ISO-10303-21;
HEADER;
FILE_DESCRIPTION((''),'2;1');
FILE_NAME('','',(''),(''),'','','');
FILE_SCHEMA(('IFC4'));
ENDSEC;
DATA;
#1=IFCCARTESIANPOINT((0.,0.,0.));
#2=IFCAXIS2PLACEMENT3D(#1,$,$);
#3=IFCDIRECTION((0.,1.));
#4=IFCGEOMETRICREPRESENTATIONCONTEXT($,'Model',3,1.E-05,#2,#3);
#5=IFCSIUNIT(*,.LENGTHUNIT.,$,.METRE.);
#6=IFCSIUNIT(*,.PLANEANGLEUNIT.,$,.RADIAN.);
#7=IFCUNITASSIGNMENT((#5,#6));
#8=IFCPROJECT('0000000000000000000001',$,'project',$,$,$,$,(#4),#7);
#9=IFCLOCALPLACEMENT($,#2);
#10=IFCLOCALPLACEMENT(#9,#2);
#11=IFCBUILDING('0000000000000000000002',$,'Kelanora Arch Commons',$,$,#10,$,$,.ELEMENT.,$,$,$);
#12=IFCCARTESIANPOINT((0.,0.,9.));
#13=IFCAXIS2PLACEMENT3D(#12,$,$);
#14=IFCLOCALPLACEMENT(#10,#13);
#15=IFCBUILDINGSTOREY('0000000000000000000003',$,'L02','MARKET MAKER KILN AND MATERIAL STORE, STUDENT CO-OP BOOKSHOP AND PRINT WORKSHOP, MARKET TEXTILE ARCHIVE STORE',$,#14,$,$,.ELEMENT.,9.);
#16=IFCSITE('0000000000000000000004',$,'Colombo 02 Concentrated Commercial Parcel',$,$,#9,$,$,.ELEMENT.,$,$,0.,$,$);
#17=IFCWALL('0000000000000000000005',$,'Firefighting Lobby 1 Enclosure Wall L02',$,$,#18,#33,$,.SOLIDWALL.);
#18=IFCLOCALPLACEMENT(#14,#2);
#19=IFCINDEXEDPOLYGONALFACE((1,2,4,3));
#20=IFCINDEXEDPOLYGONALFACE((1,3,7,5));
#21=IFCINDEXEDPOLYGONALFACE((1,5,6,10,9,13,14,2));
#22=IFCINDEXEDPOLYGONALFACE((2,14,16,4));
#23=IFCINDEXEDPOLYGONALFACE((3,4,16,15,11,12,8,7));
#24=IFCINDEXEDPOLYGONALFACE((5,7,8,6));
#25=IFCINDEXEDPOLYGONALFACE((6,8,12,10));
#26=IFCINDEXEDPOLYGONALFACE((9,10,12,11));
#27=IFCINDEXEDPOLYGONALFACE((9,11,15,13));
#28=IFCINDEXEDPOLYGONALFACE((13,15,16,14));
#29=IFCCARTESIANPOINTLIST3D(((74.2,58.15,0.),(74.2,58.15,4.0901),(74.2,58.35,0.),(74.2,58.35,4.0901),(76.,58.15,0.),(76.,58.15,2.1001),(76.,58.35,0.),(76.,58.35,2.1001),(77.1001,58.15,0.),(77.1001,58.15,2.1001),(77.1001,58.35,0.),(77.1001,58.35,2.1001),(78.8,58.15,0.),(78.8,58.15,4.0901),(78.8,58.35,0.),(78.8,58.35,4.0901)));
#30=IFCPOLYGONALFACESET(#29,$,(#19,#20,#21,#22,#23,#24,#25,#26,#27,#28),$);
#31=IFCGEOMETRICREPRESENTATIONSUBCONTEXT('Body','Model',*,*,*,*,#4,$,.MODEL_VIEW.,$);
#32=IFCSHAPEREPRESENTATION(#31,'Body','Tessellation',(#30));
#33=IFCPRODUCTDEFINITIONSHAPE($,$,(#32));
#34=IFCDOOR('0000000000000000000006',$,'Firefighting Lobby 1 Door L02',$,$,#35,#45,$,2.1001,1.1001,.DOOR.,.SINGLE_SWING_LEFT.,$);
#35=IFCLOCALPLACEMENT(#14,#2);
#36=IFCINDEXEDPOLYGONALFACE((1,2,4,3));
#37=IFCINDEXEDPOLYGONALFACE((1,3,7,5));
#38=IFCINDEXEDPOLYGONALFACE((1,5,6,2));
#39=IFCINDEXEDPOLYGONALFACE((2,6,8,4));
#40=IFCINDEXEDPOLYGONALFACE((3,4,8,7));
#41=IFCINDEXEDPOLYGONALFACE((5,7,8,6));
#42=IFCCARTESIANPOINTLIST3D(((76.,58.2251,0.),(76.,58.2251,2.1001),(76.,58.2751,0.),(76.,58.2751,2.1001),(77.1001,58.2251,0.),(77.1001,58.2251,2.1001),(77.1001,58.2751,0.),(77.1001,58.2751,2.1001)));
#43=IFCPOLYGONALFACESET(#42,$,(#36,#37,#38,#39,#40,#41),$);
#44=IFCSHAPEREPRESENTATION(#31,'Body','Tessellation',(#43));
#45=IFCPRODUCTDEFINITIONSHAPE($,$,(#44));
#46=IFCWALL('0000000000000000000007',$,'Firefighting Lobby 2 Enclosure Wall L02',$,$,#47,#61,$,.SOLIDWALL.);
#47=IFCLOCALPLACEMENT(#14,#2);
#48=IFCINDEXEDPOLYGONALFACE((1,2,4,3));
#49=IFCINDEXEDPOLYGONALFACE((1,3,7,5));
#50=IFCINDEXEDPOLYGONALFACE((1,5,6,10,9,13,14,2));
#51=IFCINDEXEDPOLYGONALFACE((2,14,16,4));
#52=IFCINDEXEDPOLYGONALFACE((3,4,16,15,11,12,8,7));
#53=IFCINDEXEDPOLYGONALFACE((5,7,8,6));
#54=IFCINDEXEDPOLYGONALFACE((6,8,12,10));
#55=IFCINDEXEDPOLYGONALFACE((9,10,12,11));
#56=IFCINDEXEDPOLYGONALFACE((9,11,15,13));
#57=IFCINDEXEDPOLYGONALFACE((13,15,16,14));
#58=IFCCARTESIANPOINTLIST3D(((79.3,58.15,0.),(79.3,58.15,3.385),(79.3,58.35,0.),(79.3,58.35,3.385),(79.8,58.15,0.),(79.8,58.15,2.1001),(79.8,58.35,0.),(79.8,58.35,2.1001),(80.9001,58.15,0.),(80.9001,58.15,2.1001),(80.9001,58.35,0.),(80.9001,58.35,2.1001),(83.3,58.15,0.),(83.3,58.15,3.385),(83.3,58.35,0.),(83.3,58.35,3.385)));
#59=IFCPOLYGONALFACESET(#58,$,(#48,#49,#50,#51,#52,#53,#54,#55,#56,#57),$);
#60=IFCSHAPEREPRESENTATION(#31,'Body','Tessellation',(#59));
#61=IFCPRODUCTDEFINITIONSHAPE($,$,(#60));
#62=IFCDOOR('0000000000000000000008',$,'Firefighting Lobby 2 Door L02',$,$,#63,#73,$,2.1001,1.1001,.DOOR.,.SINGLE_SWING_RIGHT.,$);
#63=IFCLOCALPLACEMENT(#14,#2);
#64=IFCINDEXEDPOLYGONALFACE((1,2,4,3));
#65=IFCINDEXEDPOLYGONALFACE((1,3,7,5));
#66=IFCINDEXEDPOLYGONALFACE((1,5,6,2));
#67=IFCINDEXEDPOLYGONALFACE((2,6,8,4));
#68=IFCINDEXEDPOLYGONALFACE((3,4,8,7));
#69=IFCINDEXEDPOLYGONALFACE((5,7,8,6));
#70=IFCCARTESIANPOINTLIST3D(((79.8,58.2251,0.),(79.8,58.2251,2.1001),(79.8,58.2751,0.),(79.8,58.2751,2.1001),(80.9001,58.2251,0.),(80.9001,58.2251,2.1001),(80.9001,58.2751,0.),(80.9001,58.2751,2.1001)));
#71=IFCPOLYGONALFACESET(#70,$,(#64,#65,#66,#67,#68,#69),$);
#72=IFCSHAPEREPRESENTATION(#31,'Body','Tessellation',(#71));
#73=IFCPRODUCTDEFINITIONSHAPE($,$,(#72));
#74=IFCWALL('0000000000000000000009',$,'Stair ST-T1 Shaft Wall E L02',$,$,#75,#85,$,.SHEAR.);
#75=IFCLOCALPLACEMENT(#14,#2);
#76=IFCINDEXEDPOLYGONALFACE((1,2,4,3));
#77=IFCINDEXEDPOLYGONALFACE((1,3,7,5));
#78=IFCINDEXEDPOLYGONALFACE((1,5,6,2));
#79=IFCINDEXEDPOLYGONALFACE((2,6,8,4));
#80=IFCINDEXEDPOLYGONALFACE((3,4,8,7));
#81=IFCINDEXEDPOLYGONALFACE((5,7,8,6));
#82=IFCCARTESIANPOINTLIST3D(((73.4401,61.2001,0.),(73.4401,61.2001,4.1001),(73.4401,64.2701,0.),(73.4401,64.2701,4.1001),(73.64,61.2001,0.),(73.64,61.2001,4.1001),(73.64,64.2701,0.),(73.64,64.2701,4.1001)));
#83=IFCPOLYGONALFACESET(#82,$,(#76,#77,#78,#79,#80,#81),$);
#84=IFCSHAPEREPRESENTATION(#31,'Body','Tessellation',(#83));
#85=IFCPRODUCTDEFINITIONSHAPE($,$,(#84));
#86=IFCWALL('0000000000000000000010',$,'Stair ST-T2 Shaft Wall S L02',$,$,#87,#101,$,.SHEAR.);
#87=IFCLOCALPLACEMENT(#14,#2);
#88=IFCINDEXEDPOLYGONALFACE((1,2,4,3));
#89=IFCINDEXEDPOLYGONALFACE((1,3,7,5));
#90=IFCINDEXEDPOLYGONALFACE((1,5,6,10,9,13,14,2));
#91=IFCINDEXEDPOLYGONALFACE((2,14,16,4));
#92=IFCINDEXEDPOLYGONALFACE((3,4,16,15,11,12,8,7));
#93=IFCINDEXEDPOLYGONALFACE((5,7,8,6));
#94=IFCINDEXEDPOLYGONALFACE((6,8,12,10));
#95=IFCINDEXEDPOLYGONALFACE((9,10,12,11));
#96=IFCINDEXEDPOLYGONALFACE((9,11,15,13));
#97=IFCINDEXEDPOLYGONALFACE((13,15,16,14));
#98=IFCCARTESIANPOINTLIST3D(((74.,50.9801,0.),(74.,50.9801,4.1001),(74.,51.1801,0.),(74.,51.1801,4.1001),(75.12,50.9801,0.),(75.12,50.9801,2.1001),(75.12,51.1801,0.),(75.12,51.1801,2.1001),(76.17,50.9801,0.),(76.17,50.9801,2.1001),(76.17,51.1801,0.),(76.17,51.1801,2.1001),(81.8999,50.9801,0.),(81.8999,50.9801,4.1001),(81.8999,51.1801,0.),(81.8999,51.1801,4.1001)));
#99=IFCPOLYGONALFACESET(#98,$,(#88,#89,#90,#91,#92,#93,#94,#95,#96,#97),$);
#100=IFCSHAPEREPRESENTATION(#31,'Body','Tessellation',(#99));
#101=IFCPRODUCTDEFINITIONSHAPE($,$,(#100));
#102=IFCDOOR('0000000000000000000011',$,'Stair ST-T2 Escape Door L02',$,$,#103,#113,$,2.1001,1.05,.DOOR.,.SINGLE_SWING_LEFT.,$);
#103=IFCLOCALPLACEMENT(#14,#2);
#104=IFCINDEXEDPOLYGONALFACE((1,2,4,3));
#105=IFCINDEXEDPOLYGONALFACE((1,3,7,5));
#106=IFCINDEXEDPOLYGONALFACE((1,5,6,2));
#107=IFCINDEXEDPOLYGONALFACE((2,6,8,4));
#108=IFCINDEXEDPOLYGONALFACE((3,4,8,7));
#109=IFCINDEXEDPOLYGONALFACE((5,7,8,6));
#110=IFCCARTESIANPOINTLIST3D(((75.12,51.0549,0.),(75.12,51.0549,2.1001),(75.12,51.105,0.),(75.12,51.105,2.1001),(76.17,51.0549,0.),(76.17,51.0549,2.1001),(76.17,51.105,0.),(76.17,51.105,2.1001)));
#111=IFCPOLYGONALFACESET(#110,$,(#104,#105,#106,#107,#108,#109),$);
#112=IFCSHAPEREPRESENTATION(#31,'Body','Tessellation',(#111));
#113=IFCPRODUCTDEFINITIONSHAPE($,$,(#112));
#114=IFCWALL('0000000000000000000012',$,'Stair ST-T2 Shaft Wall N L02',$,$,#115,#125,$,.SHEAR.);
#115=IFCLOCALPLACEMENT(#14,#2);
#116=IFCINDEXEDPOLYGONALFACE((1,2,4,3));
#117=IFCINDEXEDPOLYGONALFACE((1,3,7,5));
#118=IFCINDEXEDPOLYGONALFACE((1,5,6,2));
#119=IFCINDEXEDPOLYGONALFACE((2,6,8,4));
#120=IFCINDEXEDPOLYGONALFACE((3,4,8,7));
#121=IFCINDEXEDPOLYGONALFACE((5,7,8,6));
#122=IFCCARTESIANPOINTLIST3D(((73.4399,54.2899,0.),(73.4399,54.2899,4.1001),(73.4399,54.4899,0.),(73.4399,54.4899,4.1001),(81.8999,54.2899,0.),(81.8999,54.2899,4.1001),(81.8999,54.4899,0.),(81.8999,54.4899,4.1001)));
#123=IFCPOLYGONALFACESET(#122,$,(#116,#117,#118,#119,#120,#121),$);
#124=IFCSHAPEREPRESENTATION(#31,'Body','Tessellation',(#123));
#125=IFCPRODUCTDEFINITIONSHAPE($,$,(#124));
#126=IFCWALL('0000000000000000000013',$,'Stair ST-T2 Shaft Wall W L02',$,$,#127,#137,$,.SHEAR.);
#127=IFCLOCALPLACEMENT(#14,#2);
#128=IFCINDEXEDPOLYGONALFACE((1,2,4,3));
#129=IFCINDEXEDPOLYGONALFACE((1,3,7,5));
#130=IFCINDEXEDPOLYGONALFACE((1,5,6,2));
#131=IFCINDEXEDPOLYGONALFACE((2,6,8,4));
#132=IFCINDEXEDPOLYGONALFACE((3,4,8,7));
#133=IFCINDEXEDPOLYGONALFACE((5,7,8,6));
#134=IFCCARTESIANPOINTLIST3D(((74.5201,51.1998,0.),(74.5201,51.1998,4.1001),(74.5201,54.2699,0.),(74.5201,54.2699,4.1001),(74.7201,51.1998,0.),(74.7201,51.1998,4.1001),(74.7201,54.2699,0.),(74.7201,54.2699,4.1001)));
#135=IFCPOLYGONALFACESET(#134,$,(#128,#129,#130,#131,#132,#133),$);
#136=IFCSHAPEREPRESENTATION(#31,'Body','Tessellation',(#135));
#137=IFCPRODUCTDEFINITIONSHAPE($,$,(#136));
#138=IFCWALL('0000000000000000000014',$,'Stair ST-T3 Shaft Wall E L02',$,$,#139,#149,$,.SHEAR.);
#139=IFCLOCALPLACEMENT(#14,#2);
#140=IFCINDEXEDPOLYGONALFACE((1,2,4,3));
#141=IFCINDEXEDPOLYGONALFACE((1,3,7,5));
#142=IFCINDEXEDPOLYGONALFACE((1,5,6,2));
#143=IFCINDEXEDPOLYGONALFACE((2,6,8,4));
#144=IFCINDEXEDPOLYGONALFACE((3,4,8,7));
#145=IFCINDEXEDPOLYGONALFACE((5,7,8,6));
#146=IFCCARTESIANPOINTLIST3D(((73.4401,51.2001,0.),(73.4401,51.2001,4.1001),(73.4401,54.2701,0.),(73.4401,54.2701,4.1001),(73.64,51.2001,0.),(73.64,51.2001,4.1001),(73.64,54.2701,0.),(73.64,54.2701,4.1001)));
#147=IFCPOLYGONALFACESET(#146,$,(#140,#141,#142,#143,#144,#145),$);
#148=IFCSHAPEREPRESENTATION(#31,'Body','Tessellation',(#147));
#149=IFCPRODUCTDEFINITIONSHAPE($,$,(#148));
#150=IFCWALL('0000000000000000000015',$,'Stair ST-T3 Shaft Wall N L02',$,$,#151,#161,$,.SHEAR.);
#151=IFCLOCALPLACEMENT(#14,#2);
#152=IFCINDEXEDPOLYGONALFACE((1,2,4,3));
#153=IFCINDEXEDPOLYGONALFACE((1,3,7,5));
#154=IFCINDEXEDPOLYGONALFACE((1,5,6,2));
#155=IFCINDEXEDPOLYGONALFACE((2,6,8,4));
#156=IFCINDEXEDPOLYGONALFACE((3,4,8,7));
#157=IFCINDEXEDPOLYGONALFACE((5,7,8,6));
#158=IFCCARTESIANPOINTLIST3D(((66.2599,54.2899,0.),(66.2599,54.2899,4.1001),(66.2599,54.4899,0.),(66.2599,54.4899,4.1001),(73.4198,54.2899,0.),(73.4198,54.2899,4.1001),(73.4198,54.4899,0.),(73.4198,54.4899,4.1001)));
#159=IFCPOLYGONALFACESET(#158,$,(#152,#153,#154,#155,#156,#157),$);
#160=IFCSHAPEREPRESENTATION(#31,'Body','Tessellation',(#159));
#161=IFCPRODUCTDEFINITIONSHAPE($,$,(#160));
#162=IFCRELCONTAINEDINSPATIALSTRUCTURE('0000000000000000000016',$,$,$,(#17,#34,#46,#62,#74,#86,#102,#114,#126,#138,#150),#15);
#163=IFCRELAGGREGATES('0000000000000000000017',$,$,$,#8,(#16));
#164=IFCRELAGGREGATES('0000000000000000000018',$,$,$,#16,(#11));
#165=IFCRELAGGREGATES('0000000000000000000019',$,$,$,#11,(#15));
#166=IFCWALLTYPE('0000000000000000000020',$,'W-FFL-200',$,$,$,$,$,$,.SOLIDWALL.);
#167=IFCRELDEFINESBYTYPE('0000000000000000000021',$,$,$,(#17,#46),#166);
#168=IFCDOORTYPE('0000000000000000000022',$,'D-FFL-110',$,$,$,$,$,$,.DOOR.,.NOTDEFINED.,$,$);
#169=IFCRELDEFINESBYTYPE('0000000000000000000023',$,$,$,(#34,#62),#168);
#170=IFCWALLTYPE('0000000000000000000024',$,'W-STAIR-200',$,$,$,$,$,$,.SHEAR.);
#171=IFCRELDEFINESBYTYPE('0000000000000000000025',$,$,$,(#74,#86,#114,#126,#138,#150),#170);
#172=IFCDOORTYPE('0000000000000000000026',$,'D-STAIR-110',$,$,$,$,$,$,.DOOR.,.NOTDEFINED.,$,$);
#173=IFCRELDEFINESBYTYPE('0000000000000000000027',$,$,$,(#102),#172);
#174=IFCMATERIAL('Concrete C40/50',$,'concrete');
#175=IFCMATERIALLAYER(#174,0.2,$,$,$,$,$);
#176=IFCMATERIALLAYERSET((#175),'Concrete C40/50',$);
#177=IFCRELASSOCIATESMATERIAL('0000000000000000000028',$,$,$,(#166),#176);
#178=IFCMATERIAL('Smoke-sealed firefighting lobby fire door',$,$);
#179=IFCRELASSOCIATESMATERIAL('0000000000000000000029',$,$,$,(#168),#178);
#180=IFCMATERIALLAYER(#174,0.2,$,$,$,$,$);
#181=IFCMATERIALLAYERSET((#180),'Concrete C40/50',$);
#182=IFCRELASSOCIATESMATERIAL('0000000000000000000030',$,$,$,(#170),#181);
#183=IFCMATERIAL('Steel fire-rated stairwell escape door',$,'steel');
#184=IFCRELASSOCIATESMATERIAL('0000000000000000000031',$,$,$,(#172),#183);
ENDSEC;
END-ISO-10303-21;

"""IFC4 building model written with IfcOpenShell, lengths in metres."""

from ifc_helpers import new_model, si_unit, direction, frame, frame_2d, origin, place, context, subcontext, project, spatial, rectangle, extrude, material, layer, layer_set, type_object, element, fill, save


model = new_model("IFC4")

# Units and contexts
model_context = context("Model", 3, precision=1e-05, world=origin(), true_north=direction((0.0, 1.0)))
body_context = subcontext(model_context, "Body", "Model", "MODEL_VIEW")
ifc_project = project(units=[si_unit("LENGTHUNIT", "METRE"), si_unit("PLANEANGLEUNIT", "RADIAN")], contexts=[model_context])

# Site, building, storey
site_placement = place(None, origin())
site = spatial("IfcSite", under=ifc_project, at=site_placement, Name="Colombo 02 Concentrated Commercial Parcel", CompositionType="ELEMENT", RefElevation=0.0)
building_placement = place(site_placement, origin())
building = spatial("IfcBuilding", under=site, at=building_placement, Name="Kelanora Arch Commons", CompositionType="ELEMENT")
storey_placement = place(building_placement, frame((0.0, 0.0, 9.0)))
storey = spatial("IfcBuildingStorey", under=building, at=storey_placement, Name="L02", Description="MARKET MAKER KILN AND MATERIAL STORE, STUDENT CO-OP BOOKSHOP AND PRINT WORKSHOP, MARKET TEXTILE ARCHIVE STORE", CompositionType="ELEMENT", Elevation=9.0)

# Walls, openings, doors
ifc_material_1 = material(Name="Concrete C40/50", Category="concrete")
ifc_layer_1 = layer(ifc_material_1, 0.2)
ifc_layer_set_1 = layer_set([ifc_layer_1], Name="Concrete C40/50")
wall_type_1 = type_object("IfcWallType", Name="W-FFL-200", PredefinedType="SOLIDWALL", material=ifc_layer_set_1)
wall_1_placement = place(storey_placement, frame((74.2, 58.25, 0.0), z_axis=(0.0, 0.0, 1.0), x_axis=(1.0, 0.0, 0.0)))
wall_1 = element("IfcWall", 1, at=wall_1_placement, inside=storey, type_object=wall_type_1, Name="Firefighting Lobby 1 Enclosure Wall L02", PredefinedType="SOLIDWALL", context=body_context, shape_type="SweptSolid", body=[
    extrude(rectangle(XDim=4.6001, YDim=0.2, at=frame_2d((2.3, 0.0))), origin(), (0.0, 0.0, 1.0), 4.0901),
])
opening_1_placement = place(wall_1_placement, frame((1.8, 0.0, 0.0)))
opening_1 = element("IfcOpeningElement", 2, at=opening_1_placement, cuts=wall_1, PredefinedType="OPENING", context=body_context, shape_type="SweptSolid", body=[
    extrude(rectangle(XDim=1.1001, YDim=2.1001, at=frame_2d((0.55, 1.05))), frame((0.0, 0.1099, 0.0), z_axis=(0.0, -1.0, 0.0), x_axis=(1.0, 0.0, 0.0)), (0.0, 0.0, 1.0), 0.22),
])
ifc_material_2 = material(Name="Smoke-sealed firefighting lobby fire door")
door_type_1 = type_object("IfcDoorType", Name="D-FFL-110", OperationType="NOTDEFINED", PredefinedType="DOOR", material=ifc_material_2)
door_1_placement = place(opening_1_placement, frame((1.1001, 0.0, 0.0), z_axis=(0.0, 0.0, 1.0), x_axis=(-1.0, 0.0, 0.0)))
door_1 = element("IfcDoor", 3, at=door_1_placement, inside=storey, type_object=door_type_1, Name="Firefighting Lobby 1 Door L02", OperationType="SINGLE_SWING_LEFT", OverallHeight=2.1001, OverallWidth=1.1001, PredefinedType="DOOR", context=body_context, shape_type="SweptSolid", body=[
    extrude(rectangle(XDim=1.1001, YDim=2.1001, at=frame_2d((0.55, 1.05))), frame((0.0, 0.0249, 0.0), z_axis=(0.0, -1.0, 0.0), x_axis=(1.0, 0.0, 0.0)), (0.0, 0.0, 1.0), 0.05),
])
fill(opening_1, door_1)
wall_2_placement = place(storey_placement, frame((79.3, 58.25, 0.0), z_axis=(0.0, 0.0, 1.0), x_axis=(1.0, 0.0, 0.0)))
wall_2 = element("IfcWall", 4, at=wall_2_placement, inside=storey, type_object=wall_type_1, Name="Firefighting Lobby 2 Enclosure Wall L02", PredefinedType="SOLIDWALL", context=body_context, shape_type="SweptSolid", body=[
    extrude(rectangle(XDim=4.0, YDim=0.2, at=frame_2d((2.0, 0.0))), origin(), (0.0, 0.0, 1.0), 3.385),
])
opening_2_placement = place(wall_2_placement, frame((0.5, 0.0, 0.0)))
opening_2 = element("IfcOpeningElement", 5, at=opening_2_placement, cuts=wall_2, PredefinedType="OPENING", context=body_context, shape_type="SweptSolid", body=[
    extrude(rectangle(XDim=1.1001, YDim=2.1001, at=frame_2d((0.55, 1.05))), frame((0.0, 0.1099, 0.0), z_axis=(0.0, -1.0, 0.0), x_axis=(1.0, 0.0, 0.0)), (0.0, 0.0, 1.0), 0.22),
])
door_2_placement = place(opening_2_placement, frame((1.1001, 0.0, 0.0), z_axis=(0.0, 0.0, 1.0), x_axis=(-1.0, 0.0, 0.0)))
door_2 = element("IfcDoor", 6, at=door_2_placement, inside=storey, type_object=door_type_1, Name="Firefighting Lobby 2 Door L02", OperationType="SINGLE_SWING_RIGHT", OverallHeight=2.1001, OverallWidth=1.1001, PredefinedType="DOOR", context=body_context, shape_type="SweptSolid", body=[
    extrude(rectangle(XDim=1.1001, YDim=2.1001, at=frame_2d((0.55, 1.05))), frame((0.0, 0.0249, 0.0), z_axis=(0.0, -1.0, 0.0), x_axis=(1.0, 0.0, 0.0)), (0.0, 0.0, 1.0), 0.05),
])
fill(opening_2, door_2)

# Wall
ifc_layer_2 = layer(ifc_material_1, 0.2)
ifc_layer_set_2 = layer_set([ifc_layer_2], Name="Concrete C40/50")
wall_type_2 = type_object("IfcWallType", Name="W-STAIR-200", PredefinedType="SHEAR", material=ifc_layer_set_2)
wall_3_placement = place(storey_placement, frame((73.54, 61.2, 0.0), z_axis=(0.0, 0.0, 1.0), x_axis=(0.0, 1.0, 0.0)))
element("IfcWall", 7, at=wall_3_placement, inside=storey, type_object=wall_type_2, Name="Stair ST-T1 Shaft Wall E L02", PredefinedType="SHEAR", context=body_context, shape_type="SweptSolid", body=[
    extrude(rectangle(XDim=3.0701, YDim=0.2, at=frame_2d((1.5352, 0.0))), origin(), (0.0, 0.0, 1.0), 4.1001),
])

# Wall, opening, door
wall_4_placement = place(storey_placement, frame((74.0, 51.0801, 0.0), z_axis=(0.0, 0.0, 1.0), x_axis=(1.0, 0.0, 0.0)))
wall_4 = element("IfcWall", 8, at=wall_4_placement, inside=storey, type_object=wall_type_2, Name="Stair ST-T2 Shaft Wall S L02", PredefinedType="SHEAR", context=body_context, shape_type="SweptSolid", body=[
    extrude(rectangle(XDim=7.8999, YDim=0.2, at=frame_2d((3.95, 0.0))), origin(), (0.0, 0.0, 1.0), 4.1001),
])
opening_3_placement = place(wall_4_placement, frame((1.1201, 0.0, 0.0)))
opening_3 = element("IfcOpeningElement", 9, at=opening_3_placement, cuts=wall_4, PredefinedType="OPENING", context=body_context, shape_type="SweptSolid", body=[
    extrude(rectangle(XDim=1.05, YDim=2.1001, at=frame_2d((0.5249, 1.05))), frame((0.0, 0.1099, 0.0), z_axis=(0.0, -1.0, 0.0), x_axis=(1.0, 0.0, 0.0)), (0.0, 0.0, 1.0), 0.22),
])
ifc_material_3 = material(Name="Steel fire-rated stairwell escape door", Category="steel")
door_type_2 = type_object("IfcDoorType", Name="D-STAIR-110", OperationType="NOTDEFINED", PredefinedType="DOOR", material=ifc_material_3)
door_3_placement = place(opening_3_placement, origin())
door_3 = element("IfcDoor", 10, at=door_3_placement, inside=storey, type_object=door_type_2, Name="Stair ST-T2 Escape Door L02", OperationType="SINGLE_SWING_LEFT", OverallHeight=2.1001, OverallWidth=1.05, PredefinedType="DOOR", context=body_context, shape_type="SweptSolid", body=[
    extrude(rectangle(XDim=1.05, YDim=2.1001, at=frame_2d((0.5249, 1.05))), frame((0.0, 0.0249, 0.0), z_axis=(0.0, -1.0, 0.0), x_axis=(1.0, 0.0, 0.0)), (0.0, 0.0, 1.0), 0.05),
])
fill(opening_3, door_3)

# Walls
wall_5_placement = place(storey_placement, frame((81.8999, 54.3899, 0.0), z_axis=(0.0, 0.0, 1.0), x_axis=(-1.0, 0.0, 0.0)))
element("IfcWall", 11, at=wall_5_placement, inside=storey, type_object=wall_type_2, Name="Stair ST-T2 Shaft Wall N L02", PredefinedType="SHEAR", context=body_context, shape_type="SweptSolid", body=[
    extrude(rectangle(XDim=8.46, YDim=0.2, at=frame_2d((4.23, 0.0))), origin(), (0.0, 0.0, 1.0), 4.1001),
])
for number, where, z_axis, x_axis, name in (
    (12, (74.6201, 54.27, 0.0), (0.0, 0.0, 1.0), (0.0, -1.0, 0.0), "Stair ST-T2 Shaft Wall W L02"),
    (13, (73.54, 51.2, 0.0), (0.0, 0.0, 1.0), (0.0, 1.0, 0.0), "Stair ST-T3 Shaft Wall E L02"),
):
    element("IfcWall", number, at=place(storey_placement, frame(where, z_axis=z_axis, x_axis=x_axis)), inside=storey, type_object=wall_type_2, Name=name, PredefinedType="SHEAR", context=body_context, shape_type="SweptSolid", body=[
        extrude(rectangle(XDim=3.0701, YDim=0.2, at=frame_2d((1.5352, 0.0))), origin(), (0.0, 0.0, 1.0), 4.1001),
    ])
wall_6_placement = place(storey_placement, frame((73.4199, 54.3899, 0.0), z_axis=(0.0, 0.0, 1.0), x_axis=(-1.0, 0.0, 0.0)))
element("IfcWall", 14, at=wall_6_placement, inside=storey, type_object=wall_type_2, Name="Stair ST-T3 Shaft Wall N L02", PredefinedType="SHEAR", context=body_context, shape_type="SweptSolid", body=[
    extrude(rectangle(XDim=7.1599, YDim=0.2, at=frame_2d((3.5801, 0.0))), origin(), (0.0, 0.0, 1.0), 4.1001),
])

save(model, "model.ifc")
